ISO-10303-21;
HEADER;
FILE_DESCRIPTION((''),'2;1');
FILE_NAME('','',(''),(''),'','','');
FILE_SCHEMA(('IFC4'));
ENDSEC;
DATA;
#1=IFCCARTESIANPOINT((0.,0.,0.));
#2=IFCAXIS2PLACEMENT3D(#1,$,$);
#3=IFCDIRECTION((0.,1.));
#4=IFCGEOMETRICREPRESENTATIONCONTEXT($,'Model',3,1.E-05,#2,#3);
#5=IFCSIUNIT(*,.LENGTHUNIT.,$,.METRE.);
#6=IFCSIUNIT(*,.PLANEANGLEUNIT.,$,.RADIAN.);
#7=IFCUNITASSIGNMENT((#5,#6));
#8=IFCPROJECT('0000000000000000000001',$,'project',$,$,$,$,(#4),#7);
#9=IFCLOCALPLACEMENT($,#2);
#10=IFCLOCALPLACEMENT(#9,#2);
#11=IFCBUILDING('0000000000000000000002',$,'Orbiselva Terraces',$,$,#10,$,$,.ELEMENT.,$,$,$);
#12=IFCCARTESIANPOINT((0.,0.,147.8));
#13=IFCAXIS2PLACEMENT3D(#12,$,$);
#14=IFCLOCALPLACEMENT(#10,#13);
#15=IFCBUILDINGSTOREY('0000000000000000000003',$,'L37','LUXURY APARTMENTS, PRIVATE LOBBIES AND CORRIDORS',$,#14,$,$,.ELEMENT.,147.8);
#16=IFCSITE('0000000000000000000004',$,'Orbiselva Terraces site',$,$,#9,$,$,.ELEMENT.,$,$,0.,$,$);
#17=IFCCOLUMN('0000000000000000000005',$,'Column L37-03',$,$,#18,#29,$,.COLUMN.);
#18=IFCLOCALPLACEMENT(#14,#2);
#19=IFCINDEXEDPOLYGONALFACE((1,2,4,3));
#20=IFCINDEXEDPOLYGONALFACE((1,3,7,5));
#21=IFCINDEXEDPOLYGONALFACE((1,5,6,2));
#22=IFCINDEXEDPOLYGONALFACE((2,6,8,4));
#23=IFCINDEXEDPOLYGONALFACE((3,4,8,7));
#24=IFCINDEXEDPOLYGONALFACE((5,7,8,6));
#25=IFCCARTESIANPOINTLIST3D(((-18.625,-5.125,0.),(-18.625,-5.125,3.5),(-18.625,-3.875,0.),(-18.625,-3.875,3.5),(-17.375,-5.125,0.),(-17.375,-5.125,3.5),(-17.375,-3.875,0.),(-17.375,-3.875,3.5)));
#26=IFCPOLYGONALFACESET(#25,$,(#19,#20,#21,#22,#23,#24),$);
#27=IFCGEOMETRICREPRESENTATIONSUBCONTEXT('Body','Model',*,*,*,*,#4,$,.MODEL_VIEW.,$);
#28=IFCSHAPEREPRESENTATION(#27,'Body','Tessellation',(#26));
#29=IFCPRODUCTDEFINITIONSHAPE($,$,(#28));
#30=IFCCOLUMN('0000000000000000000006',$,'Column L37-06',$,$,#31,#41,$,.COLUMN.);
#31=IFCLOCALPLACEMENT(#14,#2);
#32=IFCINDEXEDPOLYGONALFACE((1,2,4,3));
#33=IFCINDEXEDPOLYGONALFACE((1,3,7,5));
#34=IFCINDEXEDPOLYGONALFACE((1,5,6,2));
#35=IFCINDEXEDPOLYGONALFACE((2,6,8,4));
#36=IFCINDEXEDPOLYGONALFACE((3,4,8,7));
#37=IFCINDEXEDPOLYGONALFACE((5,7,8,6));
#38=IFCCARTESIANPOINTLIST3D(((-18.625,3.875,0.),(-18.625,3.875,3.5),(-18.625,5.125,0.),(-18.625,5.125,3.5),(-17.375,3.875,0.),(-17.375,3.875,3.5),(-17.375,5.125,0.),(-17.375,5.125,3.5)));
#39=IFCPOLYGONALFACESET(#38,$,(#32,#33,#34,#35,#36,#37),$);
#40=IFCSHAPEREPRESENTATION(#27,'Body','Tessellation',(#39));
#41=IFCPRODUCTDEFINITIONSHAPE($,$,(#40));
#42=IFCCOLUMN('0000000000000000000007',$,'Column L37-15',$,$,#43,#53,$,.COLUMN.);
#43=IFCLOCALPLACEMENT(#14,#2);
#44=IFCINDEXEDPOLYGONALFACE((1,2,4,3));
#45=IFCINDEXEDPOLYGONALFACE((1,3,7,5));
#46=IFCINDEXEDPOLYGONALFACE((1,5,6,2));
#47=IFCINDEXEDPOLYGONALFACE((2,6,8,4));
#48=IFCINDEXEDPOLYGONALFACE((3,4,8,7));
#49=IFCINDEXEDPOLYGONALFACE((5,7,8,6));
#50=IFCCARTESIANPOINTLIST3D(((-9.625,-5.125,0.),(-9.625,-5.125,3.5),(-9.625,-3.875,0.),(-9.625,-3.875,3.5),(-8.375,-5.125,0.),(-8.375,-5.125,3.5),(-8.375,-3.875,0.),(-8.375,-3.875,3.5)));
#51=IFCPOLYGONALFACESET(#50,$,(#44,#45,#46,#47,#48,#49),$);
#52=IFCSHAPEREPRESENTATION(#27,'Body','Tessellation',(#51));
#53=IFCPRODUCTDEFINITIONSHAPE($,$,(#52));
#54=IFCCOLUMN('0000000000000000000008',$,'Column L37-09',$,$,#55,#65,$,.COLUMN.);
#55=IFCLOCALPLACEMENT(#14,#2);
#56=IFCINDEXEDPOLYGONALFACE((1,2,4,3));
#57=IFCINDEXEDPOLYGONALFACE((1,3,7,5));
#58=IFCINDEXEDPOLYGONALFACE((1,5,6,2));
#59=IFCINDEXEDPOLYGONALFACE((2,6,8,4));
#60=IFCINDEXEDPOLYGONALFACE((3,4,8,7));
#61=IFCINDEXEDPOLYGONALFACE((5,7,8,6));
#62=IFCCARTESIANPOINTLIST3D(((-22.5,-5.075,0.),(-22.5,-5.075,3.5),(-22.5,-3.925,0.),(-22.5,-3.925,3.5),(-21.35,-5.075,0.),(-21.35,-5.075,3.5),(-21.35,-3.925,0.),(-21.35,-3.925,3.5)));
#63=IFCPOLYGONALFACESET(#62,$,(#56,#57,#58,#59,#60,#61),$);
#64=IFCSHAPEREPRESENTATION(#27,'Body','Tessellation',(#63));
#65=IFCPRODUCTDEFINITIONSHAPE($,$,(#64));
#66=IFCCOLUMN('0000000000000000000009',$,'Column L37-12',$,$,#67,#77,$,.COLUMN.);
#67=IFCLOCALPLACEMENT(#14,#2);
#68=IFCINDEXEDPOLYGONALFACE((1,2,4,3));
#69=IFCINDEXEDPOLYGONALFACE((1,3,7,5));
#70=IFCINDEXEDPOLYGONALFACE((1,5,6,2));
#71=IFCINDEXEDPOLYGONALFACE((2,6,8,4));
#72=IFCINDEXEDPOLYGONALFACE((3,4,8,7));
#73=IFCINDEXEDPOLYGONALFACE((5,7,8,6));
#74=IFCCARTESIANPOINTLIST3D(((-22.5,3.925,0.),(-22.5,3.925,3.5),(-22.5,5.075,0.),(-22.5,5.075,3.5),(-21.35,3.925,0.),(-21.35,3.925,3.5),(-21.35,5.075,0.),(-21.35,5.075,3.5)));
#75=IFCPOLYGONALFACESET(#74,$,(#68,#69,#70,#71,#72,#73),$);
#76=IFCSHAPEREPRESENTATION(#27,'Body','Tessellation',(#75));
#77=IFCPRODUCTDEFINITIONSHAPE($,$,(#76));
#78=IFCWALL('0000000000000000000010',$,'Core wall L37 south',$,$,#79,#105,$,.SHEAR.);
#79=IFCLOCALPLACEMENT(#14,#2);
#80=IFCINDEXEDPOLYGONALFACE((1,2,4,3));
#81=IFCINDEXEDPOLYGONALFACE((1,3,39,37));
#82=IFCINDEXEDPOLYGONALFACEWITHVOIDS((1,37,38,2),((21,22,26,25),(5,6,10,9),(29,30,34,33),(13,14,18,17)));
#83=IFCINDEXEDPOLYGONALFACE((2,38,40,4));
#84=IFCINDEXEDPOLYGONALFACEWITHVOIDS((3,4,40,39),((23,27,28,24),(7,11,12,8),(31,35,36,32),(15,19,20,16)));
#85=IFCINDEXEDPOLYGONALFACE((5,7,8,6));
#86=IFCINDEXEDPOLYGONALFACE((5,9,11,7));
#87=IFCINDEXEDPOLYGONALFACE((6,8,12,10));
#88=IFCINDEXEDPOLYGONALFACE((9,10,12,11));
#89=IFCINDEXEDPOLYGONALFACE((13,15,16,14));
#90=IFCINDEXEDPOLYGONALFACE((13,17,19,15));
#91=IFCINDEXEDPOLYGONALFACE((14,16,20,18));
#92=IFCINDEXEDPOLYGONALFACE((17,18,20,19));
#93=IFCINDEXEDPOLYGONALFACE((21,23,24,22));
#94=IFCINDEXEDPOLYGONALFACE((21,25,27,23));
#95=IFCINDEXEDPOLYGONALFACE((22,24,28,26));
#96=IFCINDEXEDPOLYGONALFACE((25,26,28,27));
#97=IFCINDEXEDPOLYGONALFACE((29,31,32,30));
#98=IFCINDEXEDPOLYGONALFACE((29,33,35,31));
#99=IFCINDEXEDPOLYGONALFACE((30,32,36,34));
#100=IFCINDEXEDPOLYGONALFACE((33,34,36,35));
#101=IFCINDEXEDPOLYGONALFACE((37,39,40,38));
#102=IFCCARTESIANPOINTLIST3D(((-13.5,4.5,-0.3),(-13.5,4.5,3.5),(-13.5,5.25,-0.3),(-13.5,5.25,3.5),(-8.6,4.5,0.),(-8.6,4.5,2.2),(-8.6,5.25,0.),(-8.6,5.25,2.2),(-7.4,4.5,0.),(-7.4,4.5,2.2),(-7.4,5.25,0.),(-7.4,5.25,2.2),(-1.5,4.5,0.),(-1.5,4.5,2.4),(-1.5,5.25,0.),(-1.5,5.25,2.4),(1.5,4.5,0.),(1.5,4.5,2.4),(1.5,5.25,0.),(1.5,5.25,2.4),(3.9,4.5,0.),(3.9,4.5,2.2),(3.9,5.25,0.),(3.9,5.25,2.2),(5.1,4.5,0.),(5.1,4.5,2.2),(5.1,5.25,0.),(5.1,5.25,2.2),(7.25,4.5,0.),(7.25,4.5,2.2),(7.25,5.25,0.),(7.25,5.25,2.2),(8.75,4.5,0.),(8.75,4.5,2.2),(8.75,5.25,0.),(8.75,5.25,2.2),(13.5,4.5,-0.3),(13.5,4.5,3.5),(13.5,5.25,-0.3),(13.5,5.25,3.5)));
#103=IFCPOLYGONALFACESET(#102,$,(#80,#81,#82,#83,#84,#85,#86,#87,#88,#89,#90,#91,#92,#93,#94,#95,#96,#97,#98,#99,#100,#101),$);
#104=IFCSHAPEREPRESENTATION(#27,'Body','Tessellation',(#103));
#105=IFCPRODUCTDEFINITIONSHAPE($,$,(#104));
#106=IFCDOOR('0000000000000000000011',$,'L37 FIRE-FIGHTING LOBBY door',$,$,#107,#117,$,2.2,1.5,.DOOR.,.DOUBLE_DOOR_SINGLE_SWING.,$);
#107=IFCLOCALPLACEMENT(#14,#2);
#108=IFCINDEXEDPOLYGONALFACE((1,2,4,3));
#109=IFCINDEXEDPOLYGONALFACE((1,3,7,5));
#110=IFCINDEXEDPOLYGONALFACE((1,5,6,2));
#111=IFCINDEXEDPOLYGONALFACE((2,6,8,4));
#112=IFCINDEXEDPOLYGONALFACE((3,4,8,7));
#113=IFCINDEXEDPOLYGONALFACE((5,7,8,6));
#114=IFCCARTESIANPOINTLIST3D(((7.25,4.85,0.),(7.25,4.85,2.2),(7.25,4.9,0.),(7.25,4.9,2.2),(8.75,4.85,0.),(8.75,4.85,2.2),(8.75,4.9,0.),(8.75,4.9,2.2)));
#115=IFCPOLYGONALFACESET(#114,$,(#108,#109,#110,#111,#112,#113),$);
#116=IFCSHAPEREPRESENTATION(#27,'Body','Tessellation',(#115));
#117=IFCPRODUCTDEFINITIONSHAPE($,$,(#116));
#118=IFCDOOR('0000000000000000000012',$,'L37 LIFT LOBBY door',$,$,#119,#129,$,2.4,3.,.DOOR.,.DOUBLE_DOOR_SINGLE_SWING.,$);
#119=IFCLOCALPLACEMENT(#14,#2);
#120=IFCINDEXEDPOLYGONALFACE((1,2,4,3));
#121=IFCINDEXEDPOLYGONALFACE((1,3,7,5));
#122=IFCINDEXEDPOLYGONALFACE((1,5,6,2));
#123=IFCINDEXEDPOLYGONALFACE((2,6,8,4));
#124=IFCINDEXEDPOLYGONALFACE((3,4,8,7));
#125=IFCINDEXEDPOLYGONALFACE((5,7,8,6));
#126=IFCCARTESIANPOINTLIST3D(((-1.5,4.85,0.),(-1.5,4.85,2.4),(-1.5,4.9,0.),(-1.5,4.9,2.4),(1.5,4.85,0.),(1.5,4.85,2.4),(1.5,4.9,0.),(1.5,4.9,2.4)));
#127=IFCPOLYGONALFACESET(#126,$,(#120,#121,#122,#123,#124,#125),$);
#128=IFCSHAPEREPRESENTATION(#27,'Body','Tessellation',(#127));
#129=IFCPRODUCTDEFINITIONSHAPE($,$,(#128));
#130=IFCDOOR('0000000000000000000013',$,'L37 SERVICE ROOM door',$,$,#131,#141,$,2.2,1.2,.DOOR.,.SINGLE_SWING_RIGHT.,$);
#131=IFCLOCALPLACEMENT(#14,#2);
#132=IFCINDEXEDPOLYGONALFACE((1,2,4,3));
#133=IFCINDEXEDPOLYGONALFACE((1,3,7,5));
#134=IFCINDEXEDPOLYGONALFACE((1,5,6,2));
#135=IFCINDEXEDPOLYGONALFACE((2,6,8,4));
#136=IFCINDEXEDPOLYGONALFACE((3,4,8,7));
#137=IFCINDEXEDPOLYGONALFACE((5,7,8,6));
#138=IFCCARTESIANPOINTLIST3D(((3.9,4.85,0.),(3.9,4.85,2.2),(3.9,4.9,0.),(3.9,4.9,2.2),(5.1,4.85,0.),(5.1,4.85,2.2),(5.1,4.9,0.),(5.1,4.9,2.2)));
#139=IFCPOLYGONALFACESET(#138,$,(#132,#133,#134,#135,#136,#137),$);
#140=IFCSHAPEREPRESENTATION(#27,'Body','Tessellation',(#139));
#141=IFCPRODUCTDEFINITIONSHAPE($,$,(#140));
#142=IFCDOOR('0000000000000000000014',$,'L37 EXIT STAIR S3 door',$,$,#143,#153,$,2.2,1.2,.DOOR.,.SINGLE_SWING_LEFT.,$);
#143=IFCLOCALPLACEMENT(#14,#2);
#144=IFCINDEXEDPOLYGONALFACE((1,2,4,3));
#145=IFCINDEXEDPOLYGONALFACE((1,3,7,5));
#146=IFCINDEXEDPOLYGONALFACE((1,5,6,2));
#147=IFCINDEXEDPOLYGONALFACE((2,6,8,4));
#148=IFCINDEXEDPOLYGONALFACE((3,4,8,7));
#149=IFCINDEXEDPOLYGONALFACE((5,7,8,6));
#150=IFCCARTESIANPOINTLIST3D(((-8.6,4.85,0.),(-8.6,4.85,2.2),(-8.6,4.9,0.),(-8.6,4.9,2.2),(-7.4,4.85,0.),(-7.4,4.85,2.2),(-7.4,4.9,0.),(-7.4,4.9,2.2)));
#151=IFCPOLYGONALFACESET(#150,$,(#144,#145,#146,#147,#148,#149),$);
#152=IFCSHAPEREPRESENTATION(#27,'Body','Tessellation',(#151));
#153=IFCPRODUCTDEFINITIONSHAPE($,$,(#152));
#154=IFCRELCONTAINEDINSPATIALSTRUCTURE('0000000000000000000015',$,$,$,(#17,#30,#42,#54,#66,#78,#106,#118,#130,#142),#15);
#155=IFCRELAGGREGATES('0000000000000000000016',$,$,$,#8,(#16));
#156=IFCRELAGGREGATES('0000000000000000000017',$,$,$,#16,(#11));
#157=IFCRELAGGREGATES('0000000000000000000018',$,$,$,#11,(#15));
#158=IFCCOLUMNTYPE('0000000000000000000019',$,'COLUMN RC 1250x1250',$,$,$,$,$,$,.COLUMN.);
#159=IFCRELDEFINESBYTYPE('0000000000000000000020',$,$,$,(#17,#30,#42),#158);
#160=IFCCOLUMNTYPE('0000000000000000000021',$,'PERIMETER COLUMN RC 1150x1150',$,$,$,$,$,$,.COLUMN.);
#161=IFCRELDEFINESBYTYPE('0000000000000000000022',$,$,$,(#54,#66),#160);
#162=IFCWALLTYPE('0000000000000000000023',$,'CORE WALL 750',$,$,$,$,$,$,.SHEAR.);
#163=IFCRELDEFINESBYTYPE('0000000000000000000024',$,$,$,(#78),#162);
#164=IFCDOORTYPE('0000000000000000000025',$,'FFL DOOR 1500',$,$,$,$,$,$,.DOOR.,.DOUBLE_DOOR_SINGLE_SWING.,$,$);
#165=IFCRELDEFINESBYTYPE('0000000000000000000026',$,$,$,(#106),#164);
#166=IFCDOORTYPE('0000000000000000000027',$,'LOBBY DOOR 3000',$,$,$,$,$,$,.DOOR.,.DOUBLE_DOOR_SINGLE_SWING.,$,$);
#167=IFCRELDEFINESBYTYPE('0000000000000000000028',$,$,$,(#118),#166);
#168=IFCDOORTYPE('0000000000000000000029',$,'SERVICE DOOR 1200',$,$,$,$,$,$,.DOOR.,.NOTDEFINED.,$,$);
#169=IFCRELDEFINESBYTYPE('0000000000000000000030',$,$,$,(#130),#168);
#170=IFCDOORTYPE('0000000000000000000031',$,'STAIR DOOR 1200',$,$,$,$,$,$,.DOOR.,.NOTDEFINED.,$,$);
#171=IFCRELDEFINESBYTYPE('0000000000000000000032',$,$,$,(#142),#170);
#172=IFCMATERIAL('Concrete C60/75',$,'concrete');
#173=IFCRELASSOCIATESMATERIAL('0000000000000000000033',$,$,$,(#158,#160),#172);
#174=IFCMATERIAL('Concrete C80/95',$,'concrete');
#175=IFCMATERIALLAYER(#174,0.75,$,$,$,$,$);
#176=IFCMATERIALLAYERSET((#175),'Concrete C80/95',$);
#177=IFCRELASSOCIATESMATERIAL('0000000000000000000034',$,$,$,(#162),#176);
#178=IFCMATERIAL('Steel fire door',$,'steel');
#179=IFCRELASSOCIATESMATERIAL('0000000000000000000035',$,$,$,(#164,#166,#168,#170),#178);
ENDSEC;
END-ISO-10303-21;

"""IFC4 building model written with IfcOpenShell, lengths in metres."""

from ifc_helpers import new_model, si_unit, direction, frame, frame_2d, origin, origin_2d, place, context, subcontext, project, spatial, rectangle, extrude, material, layer, layer_set, material_profile, profile_set, type_object, element, fill, save


model = new_model("IFC4")

# Units and contexts
model_context = context("Model", 3, precision=1e-05, world=origin(), true_north=direction((0.0, 1.0)))
body_context = subcontext(model_context, "Body", "Model", "MODEL_VIEW")
ifc_project = project(units=[si_unit("LENGTHUNIT", "METRE"), si_unit("PLANEANGLEUNIT", "RADIAN")], contexts=[model_context])

# Site, building, storey
site_placement = place(None, origin())
site = spatial("IfcSite", under=ifc_project, at=site_placement, Name="Orbiselva Terraces site", CompositionType="ELEMENT", RefElevation=0.0)
building_placement = place(site_placement, origin())
building = spatial("IfcBuilding", under=site, at=building_placement, Name="Orbiselva Terraces", CompositionType="ELEMENT")
storey_placement = place(building_placement, frame((0.0, 0.0, 147.8)))
storey = spatial("IfcBuildingStorey", under=building, at=storey_placement, Name="L37", Description="LUXURY APARTMENTS, PRIVATE LOBBIES AND CORRIDORS", CompositionType="ELEMENT", Elevation=147.8)

# Columns
ifc_material_1 = material(Name="Concrete C60/75", Category="concrete")
ifc_material_profile_1 = material_profile(ifc_material_1, rectangle(XDim=1.25, YDim=1.25, at=origin_2d()), Name="RC 1250x1250")
ifc_profile_set_1 = profile_set([ifc_material_profile_1], Name="Concrete C60/75")
column_type_1 = type_object("IfcColumnType", Name="COLUMN RC 1250x1250", PredefinedType="COLUMN", material=ifc_profile_set_1)
for number, where, z_axis, x_axis, name in (
    (1, (-18.0, -4.5, 0.0), (0.0, 0.0, 1.0), (1.0, 0.0, 0.0), "Column L37-03"),
    (2, (-18.0, 4.5, 0.0), (0.0, 0.0, 1.0), (1.0, 0.0, 0.0), "Column L37-06"),
    (3, (-9.0, -4.5, 0.0), (0.0, 0.0, 1.0), (1.0, 0.0, 0.0), "Column L37-15"),
):
    element("IfcColumn", number, at=place(storey_placement, frame(where, z_axis=z_axis, x_axis=x_axis)), inside=storey, type_object=column_type_1, Name=name, PredefinedType="COLUMN", context=body_context, shape_type="SweptSolid", body=[
        extrude(rectangle(XDim=1.25, YDim=1.25, at=origin_2d()), origin(), (0.0, 0.0, 1.0), 3.5),
    ])
ifc_material_profile_2 = material_profile(ifc_material_1, rectangle(XDim=1.15, YDim=1.15, at=origin_2d()), Name="RC 1150x1150")
ifc_profile_set_2 = profile_set([ifc_material_profile_2], Name="Concrete C60/75")
column_type_2 = type_object("IfcColumnType", Name="PERIMETER COLUMN RC 1150x1150", PredefinedType="COLUMN", material=ifc_profile_set_2)
for number, where, z_axis, x_axis, name in (
    (4, (-21.925, -4.5, 0.0), (0.0, 0.0, 1.0), (1.0, 0.0, 0.0), "Column L37-09"),
    (5, (-21.925, 4.5, 0.0), (0.0, 0.0, 1.0), (1.0, 0.0, 0.0), "Column L37-12"),
):
    element("IfcColumn", number, at=place(storey_placement, frame(where, z_axis=z_axis, x_axis=x_axis)), inside=storey, type_object=column_type_2, Name=name, PredefinedType="COLUMN", context=body_context, shape_type="SweptSolid", body=[
        extrude(rectangle(XDim=1.15, YDim=1.15, at=origin_2d()), origin(), (0.0, 0.0, 1.0), 3.5),
    ])

# Wall, openings, doors
ifc_material_2 = material(Name="Concrete C80/95", Category="concrete")
ifc_layer_1 = layer(ifc_material_2, 0.75)
ifc_layer_set_1 = layer_set([ifc_layer_1], Name="Concrete C80/95")
wall_type_1 = type_object("IfcWallType", Name="CORE WALL 750", PredefinedType="SHEAR", material=ifc_layer_set_1)
wall_1_placement = place(storey_placement, frame((-13.5, 4.875, -0.3), z_axis=(0.0, 0.0, 1.0), x_axis=(1.0, 0.0, 0.0)))
wall_1 = element("IfcWall", 6, at=wall_1_placement, inside=storey, type_object=wall_type_1, Name="Core wall L37 south", PredefinedType="SHEAR", context=body_context, shape_type="SweptSolid", body=[
    extrude(rectangle(XDim=27.0, YDim=0.75, at=frame_2d((13.5, 0.0))), origin(), (0.0, 0.0, 1.0), 3.8),
])
opening_1_placement = place(wall_1_placement, frame((12.0, 0.0, 0.3)))
opening_1 = element("IfcOpeningElement", 7, at=opening_1_placement, cuts=wall_1, PredefinedType="OPENING", context=body_context, shape_type="SweptSolid", body=[
    extrude(rectangle(XDim=3.0, YDim=2.4, at=frame_2d((1.5, 1.2))), frame((0.0, 0.385, 0.0), z_axis=(0.0, -1.0, 0.0), x_axis=(1.0, 0.0, 0.0)), (0.0, 0.0, 1.0), 0.77),
])
opening_2_placement = place(wall_1_placement, frame((4.9, 0.0, 0.3)))
opening_2 = element("IfcOpeningElement", 8, at=opening_2_placement, cuts=wall_1, PredefinedType="OPENING", context=body_context, shape_type="SweptSolid", body=[
    extrude(rectangle(XDim=1.2, YDim=2.2, at=frame_2d((0.6, 1.1))), frame((0.0, 0.385, 0.0), z_axis=(0.0, -1.0, 0.0), x_axis=(1.0, 0.0, 0.0)), (0.0, 0.0, 1.0), 0.77),
])
opening_3_placement = place(wall_1_placement, frame((20.75, 0.0, 0.3)))
opening_3 = element("IfcOpeningElement", 9, at=opening_3_placement, cuts=wall_1, PredefinedType="OPENING", context=body_context, shape_type="SweptSolid", body=[
    extrude(rectangle(XDim=1.5, YDim=2.2, at=frame_2d((0.75, 1.1))), frame((0.0, 0.385, 0.0), z_axis=(0.0, -1.0, 0.0), x_axis=(1.0, 0.0, 0.0)), (0.0, 0.0, 1.0), 0.77),
])
opening_4_placement = place(wall_1_placement, frame((17.4, 0.0, 0.3)))
opening_4 = element("IfcOpeningElement", 10, at=opening_4_placement, cuts=wall_1, PredefinedType="OPENING", context=body_context, shape_type="SweptSolid", body=[
    extrude(rectangle(XDim=1.2, YDim=2.2, at=frame_2d((0.6, 1.1))), frame((0.0, 0.385, 0.0), z_axis=(0.0, -1.0, 0.0), x_axis=(1.0, 0.0, 0.0)), (0.0, 0.0, 1.0), 0.77),
])
ifc_material_3 = material(Name="Steel fire door", Category="steel")
door_type_1 = type_object("IfcDoorType", Name="FFL DOOR 1500", OperationType="DOUBLE_DOOR_SINGLE_SWING", PredefinedType="DOOR", material=ifc_material_3)
door_1_placement = place(opening_3_placement, frame((1.5, 0.0, 0.0), z_axis=(0.0, 0.0, 1.0), x_axis=(-1.0, 0.0, 0.0)))
door_1 = element("IfcDoor", 11, at=door_1_placement, inside=storey, type_object=door_type_1, Name="L37 FIRE-FIGHTING LOBBY door", OperationType="DOUBLE_DOOR_SINGLE_SWING", OverallHeight=2.2, OverallWidth=1.5, PredefinedType="DOOR", context=body_context, shape_type="SweptSolid", body=[
    extrude(rectangle(XDim=1.5, YDim=2.2, at=frame_2d((0.75, 1.1))), frame((0.0, 0.025, 0.0), z_axis=(0.0, -1.0, 0.0), x_axis=(1.0, 0.0, 0.0)), (0.0, 0.0, 1.0), 0.05),
])
fill(opening_3, door_1)
door_type_2 = type_object("IfcDoorType", Name="LOBBY DOOR 3000", OperationType="DOUBLE_DOOR_SINGLE_SWING", PredefinedType="DOOR", material=ifc_material_3)
door_2_placement = place(opening_1_placement, frame((3.0, 0.0, 0.0), z_axis=(0.0, 0.0, 1.0), x_axis=(-1.0, 0.0, 0.0)))
door_2 = element("IfcDoor", 12, at=door_2_placement, inside=storey, type_object=door_type_2, Name="L37 LIFT LOBBY door", OperationType="DOUBLE_DOOR_SINGLE_SWING", OverallHeight=2.4, OverallWidth=3.0, PredefinedType="DOOR", context=body_context, shape_type="SweptSolid", body=[
    extrude(rectangle(XDim=3.0, YDim=2.4, at=frame_2d((1.5, 1.2))), frame((0.0, 0.025, 0.0), z_axis=(0.0, -1.0, 0.0), x_axis=(1.0, 0.0, 0.0)), (0.0, 0.0, 1.0), 0.05),
])
fill(opening_1, door_2)
door_type_3 = type_object("IfcDoorType", Name="SERVICE DOOR 1200", OperationType="NOTDEFINED", PredefinedType="DOOR", material=ifc_material_3)
door_3_placement = place(opening_4_placement, frame((1.2, 0.0, 0.0), z_axis=(0.0, 0.0, 1.0), x_axis=(-1.0, 0.0, 0.0)))
door_3 = element("IfcDoor", 13, at=door_3_placement, inside=storey, type_object=door_type_3, Name="L37 SERVICE ROOM door", OperationType="SINGLE_SWING_RIGHT", OverallHeight=2.2, OverallWidth=1.2, PredefinedType="DOOR", context=body_context, shape_type="SweptSolid", body=[
    extrude(rectangle(XDim=1.2, YDim=2.2, at=frame_2d((0.6, 1.1))), frame((0.0, 0.025, 0.0), z_axis=(0.0, -1.0, 0.0), x_axis=(1.0, 0.0, 0.0)), (0.0, 0.0, 1.0), 0.05),
])
fill(opening_4, door_3)
door_type_4 = type_object("IfcDoorType", Name="STAIR DOOR 1200", OperationType="NOTDEFINED", PredefinedType="DOOR", material=ifc_material_3)
door_4_placement = place(opening_2_placement, frame((1.2, 0.0, 0.0), z_axis=(0.0, 0.0, 1.0), x_axis=(-1.0, 0.0, 0.0)))
door_4 = element("IfcDoor", 14, at=door_4_placement, inside=storey, type_object=door_type_4, Name="L37 EXIT STAIR S3 door", OperationType="SINGLE_SWING_LEFT", OverallHeight=2.2, OverallWidth=1.2, PredefinedType="DOOR", context=body_context, shape_type="SweptSolid", body=[
    extrude(rectangle(XDim=1.2, YDim=2.2, at=frame_2d((0.6, 1.1))), frame((0.0, 0.025, 0.0), z_axis=(0.0, -1.0, 0.0), x_axis=(1.0, 0.0, 0.0)), (0.0, 0.0, 1.0), 0.05),
])
fill(opening_2, door_4)

save(model, "model.ifc")
